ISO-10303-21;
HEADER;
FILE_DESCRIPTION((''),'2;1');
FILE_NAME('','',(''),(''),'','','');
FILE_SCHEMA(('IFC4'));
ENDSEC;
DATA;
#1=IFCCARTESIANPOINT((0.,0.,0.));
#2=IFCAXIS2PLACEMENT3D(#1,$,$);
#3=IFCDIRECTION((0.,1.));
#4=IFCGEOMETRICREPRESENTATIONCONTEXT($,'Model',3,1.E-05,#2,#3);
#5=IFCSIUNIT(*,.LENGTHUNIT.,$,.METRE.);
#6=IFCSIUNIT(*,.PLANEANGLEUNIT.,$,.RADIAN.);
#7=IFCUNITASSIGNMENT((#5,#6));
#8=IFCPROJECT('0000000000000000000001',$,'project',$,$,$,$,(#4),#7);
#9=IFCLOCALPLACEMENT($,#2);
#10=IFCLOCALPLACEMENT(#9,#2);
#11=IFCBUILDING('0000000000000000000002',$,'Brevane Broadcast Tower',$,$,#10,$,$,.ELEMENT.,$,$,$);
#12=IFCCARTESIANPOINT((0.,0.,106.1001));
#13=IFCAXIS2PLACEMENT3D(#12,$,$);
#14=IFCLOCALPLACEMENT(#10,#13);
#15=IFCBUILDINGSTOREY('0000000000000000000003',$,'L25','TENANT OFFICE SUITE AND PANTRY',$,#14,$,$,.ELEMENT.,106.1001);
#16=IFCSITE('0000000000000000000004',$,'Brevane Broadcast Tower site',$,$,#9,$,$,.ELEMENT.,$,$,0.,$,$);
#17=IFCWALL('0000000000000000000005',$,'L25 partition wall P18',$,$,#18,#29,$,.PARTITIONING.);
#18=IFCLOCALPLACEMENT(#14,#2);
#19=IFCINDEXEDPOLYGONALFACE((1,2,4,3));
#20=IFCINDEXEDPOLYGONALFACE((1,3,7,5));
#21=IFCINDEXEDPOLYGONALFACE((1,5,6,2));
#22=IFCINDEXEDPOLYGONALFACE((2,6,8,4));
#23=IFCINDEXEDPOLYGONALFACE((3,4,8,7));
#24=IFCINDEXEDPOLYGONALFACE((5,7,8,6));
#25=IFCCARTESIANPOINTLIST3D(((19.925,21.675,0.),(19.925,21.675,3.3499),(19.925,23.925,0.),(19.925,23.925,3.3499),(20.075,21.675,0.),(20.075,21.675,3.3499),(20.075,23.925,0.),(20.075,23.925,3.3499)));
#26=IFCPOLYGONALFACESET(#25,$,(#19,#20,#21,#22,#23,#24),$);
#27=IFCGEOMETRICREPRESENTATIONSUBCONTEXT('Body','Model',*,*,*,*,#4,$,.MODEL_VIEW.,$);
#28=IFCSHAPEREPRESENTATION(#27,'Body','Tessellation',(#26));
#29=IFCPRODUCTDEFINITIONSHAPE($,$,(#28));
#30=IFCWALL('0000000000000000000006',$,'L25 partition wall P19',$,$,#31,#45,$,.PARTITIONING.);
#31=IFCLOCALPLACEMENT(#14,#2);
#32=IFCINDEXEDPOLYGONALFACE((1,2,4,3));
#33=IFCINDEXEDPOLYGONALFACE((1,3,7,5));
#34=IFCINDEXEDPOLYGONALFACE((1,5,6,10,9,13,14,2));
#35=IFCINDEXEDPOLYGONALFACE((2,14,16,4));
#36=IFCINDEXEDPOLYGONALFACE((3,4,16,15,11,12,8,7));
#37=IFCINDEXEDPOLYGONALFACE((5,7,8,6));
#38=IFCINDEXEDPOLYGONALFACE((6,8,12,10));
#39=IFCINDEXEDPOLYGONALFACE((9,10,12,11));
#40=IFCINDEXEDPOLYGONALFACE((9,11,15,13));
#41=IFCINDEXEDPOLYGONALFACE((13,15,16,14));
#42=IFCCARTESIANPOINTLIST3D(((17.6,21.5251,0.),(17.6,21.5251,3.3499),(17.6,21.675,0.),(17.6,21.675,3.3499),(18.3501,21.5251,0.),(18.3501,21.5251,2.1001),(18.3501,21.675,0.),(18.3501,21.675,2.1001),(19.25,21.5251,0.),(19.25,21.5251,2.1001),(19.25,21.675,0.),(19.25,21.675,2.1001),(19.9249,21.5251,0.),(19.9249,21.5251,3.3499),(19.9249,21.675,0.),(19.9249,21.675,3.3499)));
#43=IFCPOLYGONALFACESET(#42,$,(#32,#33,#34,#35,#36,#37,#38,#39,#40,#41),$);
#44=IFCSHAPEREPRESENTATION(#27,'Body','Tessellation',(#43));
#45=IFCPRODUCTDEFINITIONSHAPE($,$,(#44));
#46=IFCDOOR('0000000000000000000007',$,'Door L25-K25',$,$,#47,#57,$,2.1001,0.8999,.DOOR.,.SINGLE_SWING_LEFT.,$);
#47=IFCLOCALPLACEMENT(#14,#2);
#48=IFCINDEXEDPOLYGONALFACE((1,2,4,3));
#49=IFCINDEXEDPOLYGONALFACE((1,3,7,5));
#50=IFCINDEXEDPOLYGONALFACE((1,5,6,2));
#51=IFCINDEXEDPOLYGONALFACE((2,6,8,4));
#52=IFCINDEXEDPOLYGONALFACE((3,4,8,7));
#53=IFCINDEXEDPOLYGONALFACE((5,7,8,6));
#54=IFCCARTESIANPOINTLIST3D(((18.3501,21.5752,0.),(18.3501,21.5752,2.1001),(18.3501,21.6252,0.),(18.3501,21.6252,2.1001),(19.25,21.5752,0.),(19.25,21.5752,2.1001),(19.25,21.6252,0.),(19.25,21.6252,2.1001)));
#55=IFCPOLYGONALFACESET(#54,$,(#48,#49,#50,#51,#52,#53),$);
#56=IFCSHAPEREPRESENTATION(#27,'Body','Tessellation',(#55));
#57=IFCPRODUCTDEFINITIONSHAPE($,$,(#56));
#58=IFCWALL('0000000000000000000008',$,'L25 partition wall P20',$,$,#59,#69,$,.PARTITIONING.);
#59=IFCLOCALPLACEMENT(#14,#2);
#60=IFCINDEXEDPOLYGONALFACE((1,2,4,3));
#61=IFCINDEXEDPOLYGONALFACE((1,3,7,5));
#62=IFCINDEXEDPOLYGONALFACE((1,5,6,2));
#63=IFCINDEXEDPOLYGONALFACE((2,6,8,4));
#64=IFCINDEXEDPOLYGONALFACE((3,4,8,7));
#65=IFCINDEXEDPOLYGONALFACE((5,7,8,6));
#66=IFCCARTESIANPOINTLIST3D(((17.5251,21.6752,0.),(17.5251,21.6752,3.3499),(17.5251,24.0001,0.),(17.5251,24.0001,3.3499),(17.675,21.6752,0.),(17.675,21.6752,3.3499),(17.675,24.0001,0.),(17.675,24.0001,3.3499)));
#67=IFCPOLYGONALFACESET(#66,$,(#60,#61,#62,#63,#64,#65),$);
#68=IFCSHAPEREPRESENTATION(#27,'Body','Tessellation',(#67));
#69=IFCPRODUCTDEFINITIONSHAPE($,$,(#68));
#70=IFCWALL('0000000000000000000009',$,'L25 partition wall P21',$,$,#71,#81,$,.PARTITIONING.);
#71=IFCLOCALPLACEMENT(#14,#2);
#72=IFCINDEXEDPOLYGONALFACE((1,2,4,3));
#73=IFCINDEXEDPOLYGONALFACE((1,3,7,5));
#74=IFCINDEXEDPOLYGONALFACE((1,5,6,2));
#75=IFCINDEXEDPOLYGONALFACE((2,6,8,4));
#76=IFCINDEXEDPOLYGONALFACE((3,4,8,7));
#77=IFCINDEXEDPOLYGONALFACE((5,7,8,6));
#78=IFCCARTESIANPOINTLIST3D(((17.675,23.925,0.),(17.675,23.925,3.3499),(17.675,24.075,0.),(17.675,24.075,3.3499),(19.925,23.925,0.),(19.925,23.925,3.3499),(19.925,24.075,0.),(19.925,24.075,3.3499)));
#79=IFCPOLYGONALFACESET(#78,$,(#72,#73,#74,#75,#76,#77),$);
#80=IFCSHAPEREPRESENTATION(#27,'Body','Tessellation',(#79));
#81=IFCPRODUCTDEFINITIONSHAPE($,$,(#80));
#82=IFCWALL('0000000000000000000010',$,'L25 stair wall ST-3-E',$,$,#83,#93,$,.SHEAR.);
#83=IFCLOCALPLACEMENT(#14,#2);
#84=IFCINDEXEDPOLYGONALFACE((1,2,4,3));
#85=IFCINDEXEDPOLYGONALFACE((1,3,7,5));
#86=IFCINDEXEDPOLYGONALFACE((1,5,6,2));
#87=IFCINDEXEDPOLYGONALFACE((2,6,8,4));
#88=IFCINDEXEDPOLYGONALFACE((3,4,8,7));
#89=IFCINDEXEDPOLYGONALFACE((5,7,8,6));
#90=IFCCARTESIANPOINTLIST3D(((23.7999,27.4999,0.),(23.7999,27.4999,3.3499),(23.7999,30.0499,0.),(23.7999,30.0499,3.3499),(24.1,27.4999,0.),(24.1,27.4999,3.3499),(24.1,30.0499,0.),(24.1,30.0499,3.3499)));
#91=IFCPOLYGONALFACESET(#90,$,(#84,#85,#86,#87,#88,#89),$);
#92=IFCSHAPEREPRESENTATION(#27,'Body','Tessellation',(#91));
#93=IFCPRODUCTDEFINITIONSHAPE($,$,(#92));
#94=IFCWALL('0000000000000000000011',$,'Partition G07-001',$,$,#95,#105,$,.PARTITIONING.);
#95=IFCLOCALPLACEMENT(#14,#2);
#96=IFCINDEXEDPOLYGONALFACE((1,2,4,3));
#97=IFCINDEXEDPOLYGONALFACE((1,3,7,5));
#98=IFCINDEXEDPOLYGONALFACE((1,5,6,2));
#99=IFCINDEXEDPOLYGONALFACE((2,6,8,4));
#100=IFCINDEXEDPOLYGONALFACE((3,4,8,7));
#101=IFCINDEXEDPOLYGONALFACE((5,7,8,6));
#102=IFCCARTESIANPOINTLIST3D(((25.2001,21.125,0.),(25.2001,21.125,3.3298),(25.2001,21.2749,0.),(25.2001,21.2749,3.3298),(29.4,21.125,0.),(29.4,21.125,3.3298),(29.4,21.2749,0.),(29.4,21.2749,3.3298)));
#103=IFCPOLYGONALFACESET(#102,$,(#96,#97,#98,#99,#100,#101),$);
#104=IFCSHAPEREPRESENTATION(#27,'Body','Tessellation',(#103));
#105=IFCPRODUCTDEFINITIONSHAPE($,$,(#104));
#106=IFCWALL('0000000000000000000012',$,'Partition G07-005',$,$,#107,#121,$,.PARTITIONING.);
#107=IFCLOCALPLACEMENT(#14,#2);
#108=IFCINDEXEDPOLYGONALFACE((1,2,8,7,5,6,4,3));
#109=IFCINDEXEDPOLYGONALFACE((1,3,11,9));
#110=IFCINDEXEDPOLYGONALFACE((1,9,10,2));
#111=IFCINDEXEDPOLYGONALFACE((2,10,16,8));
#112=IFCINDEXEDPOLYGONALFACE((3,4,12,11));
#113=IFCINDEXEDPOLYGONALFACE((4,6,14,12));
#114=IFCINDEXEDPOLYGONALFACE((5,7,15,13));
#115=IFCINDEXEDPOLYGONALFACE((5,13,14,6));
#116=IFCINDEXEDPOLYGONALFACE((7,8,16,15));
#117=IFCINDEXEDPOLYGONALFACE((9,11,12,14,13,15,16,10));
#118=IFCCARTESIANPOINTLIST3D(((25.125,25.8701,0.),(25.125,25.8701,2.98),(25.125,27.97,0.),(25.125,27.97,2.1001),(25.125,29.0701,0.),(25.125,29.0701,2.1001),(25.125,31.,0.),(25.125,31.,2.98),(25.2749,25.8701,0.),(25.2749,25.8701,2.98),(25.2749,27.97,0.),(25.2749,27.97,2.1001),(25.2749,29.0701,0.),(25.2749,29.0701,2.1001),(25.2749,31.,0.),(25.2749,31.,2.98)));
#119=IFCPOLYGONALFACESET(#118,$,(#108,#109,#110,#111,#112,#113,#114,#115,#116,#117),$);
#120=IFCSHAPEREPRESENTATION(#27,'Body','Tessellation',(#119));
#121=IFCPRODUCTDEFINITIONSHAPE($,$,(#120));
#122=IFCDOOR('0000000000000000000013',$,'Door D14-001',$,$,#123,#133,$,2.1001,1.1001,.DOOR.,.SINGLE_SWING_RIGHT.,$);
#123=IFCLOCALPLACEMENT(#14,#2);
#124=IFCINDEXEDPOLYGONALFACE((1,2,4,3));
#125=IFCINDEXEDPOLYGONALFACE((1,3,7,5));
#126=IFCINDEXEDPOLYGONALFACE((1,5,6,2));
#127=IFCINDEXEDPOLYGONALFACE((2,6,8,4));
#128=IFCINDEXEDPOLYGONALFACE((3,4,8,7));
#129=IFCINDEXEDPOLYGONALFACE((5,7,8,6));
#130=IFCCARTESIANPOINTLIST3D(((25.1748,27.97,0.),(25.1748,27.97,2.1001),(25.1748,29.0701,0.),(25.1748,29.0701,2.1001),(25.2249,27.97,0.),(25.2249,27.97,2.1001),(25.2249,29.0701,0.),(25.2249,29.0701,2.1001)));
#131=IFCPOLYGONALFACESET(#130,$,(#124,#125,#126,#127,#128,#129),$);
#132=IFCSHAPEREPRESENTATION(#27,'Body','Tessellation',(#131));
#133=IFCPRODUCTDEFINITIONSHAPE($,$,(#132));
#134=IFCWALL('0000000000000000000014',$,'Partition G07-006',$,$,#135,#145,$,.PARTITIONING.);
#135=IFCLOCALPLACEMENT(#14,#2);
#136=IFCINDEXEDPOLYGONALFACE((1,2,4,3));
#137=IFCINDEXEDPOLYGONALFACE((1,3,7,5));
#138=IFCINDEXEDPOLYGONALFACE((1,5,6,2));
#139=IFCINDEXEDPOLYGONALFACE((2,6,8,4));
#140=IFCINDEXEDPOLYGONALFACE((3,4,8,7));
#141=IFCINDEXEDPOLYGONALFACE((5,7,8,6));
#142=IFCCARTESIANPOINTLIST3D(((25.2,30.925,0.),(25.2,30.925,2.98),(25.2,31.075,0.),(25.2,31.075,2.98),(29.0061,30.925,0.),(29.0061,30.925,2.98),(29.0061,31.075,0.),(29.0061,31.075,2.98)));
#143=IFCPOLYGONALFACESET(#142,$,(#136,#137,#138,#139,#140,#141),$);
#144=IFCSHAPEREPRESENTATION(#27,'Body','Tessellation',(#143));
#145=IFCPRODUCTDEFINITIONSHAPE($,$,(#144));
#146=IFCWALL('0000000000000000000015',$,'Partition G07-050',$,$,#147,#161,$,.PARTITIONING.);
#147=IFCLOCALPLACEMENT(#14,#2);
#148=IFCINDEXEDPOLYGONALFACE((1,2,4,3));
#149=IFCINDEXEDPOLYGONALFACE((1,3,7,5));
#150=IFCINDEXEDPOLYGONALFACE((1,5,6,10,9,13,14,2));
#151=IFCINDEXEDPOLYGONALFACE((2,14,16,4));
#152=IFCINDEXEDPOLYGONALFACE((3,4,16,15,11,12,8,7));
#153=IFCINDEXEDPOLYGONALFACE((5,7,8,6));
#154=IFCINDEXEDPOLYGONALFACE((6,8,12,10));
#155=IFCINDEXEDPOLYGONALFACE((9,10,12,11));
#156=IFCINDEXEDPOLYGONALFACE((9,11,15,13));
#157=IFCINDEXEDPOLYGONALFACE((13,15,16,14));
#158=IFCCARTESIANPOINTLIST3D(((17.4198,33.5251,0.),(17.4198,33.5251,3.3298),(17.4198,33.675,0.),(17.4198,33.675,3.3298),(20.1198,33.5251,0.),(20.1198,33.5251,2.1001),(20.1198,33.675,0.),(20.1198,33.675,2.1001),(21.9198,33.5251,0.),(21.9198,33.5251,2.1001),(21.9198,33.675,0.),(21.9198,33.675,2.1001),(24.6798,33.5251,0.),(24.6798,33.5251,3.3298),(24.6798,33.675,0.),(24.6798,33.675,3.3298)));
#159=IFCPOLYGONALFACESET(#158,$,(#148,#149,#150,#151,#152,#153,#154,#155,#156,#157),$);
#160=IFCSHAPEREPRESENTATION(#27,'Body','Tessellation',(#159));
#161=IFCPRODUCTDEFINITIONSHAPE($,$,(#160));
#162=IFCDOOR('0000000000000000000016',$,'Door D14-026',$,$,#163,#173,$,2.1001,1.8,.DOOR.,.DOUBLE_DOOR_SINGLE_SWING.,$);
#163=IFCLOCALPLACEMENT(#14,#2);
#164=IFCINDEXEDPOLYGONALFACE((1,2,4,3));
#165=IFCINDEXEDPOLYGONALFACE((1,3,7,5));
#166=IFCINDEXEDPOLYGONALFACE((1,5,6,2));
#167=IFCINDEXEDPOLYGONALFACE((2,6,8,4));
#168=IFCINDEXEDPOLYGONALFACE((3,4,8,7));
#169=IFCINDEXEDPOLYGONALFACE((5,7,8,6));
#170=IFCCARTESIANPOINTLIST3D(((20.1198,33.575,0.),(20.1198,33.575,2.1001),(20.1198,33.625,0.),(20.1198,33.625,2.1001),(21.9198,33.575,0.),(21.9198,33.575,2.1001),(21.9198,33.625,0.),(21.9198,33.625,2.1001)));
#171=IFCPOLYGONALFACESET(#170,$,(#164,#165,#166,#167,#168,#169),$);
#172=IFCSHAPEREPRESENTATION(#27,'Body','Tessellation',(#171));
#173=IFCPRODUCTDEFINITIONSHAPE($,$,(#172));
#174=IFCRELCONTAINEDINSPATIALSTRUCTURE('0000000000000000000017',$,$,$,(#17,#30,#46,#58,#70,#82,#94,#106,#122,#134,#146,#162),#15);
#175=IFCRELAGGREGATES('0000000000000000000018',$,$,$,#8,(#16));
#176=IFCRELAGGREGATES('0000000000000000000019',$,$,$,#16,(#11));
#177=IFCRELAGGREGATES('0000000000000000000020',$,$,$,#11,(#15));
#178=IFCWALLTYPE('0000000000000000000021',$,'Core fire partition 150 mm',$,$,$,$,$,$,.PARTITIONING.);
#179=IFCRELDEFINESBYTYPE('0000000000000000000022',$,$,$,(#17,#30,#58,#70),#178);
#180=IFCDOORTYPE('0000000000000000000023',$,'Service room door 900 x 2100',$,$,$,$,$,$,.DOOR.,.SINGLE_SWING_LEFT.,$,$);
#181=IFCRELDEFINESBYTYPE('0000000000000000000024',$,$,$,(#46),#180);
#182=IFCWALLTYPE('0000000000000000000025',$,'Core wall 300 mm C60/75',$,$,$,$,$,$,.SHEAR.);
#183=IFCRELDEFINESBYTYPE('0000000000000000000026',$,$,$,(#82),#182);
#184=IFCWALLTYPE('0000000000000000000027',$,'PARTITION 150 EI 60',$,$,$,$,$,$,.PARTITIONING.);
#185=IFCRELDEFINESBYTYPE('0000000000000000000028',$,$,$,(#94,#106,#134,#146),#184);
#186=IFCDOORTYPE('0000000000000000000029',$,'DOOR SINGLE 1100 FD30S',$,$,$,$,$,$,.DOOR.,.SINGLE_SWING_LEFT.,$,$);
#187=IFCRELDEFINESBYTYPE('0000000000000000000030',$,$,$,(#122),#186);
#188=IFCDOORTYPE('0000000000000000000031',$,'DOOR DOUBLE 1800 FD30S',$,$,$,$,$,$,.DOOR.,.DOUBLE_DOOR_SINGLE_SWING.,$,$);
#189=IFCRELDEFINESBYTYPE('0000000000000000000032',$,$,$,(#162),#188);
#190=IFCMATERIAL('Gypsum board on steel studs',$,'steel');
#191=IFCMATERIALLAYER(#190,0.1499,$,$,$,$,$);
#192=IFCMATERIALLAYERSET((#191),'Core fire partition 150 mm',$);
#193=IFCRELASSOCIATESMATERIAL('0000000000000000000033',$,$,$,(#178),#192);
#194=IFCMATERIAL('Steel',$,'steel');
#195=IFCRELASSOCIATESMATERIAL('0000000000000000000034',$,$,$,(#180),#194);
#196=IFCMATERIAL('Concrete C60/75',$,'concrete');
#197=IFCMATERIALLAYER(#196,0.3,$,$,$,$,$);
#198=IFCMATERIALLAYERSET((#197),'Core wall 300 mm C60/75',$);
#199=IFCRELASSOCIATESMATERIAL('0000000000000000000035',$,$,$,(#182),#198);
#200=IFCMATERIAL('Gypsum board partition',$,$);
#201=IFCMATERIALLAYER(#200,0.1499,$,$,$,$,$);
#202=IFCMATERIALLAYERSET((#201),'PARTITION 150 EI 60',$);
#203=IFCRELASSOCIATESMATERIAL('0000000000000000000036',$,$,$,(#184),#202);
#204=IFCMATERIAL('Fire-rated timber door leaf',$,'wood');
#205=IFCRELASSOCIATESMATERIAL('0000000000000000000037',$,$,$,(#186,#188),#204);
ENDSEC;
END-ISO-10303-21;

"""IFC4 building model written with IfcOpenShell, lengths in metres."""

from ifc_helpers import new_model, si_unit, direction, frame, frame_2d, origin, place, context, subcontext, project, spatial, polyline, rectangle, outline, extrude, material, layer, layer_set, type_object, element, fill, save


model = new_model("IFC4")

# Units and contexts
model_context = context("Model", 3, precision=1e-05, world=origin(), true_north=direction((0.0, 1.0)))
body_context = subcontext(model_context, "Body", "Model", "MODEL_VIEW")
ifc_project = project(units=[si_unit("LENGTHUNIT", "METRE"), si_unit("PLANEANGLEUNIT", "RADIAN")], contexts=[model_context])

# Site, building, storey
site_placement = place(None, origin())
site = spatial("IfcSite", under=ifc_project, at=site_placement, Name="Brevane Broadcast Tower site", CompositionType="ELEMENT", RefElevation=0.0)
building_placement = place(site_placement, origin())
building = spatial("IfcBuilding", under=site, at=building_placement, Name="Brevane Broadcast Tower", CompositionType="ELEMENT")
storey_placement = place(building_placement, frame((0.0, 0.0, 106.1001)))
storey = spatial("IfcBuildingStorey", under=building, at=storey_placement, Name="L25", Description="TENANT OFFICE SUITE AND PANTRY", CompositionType="ELEMENT", Elevation=106.1001)

# Shared definitions
ifc_material_1 = material(Name="Concrete C60/75", Category="concrete")

# Shared definitions
ifc_material_2 = material(Name="Gypsum board on steel studs", Category="steel")
ifc_layer_1 = layer(ifc_material_2, 0.1499)
ifc_layer_set_1 = layer_set([ifc_layer_1], Name="Core fire partition 150 mm")
wall_type_1 = type_object("IfcWallType", Name="Core fire partition 150 mm", PredefinedType="PARTITIONING", material=ifc_layer_set_1)

# Wall
wall_1_placement = place(storey_placement, frame((20.0, 21.675, 0.0), z_axis=(0.0, 0.0, 1.0), x_axis=(0.0, 1.0, 0.0)))
element("IfcWall", 1, at=wall_1_placement, inside=storey, type_object=wall_type_1, Name="L25 partition wall P18", PredefinedType="PARTITIONING", context=body_context, shape_type="SweptSolid", body=[
    extrude(rectangle(XDim=2.25, YDim=0.1499, at=frame_2d((1.125, 0.0))), origin(), (0.0, 0.0, 1.0), 3.3499),
])

# Wall, opening, door
wall_2_placement = place(storey_placement, frame((19.925, 21.6001, 0.0), z_axis=(0.0, 0.0, 1.0), x_axis=(-1.0, 0.0, 0.0)))
wall_2 = element("IfcWall", 2, at=wall_2_placement, inside=storey, type_object=wall_type_1, Name="L25 partition wall P19", PredefinedType="PARTITIONING", context=body_context, shape_type="SweptSolid", body=[
    extrude(rectangle(XDim=2.325, YDim=0.1499, at=frame_2d((1.1626, 0.0))), origin(), (0.0, 0.0, 1.0), 3.3499),
])
opening_1_placement = place(wall_2_placement, frame((0.675, 0.0, 0.0)))
opening_1 = element("IfcOpeningElement", 3, at=opening_1_placement, cuts=wall_2, PredefinedType="OPENING", context=body_context, shape_type="SweptSolid", body=[
    extrude(rectangle(XDim=0.8999, YDim=2.1001, at=frame_2d((0.45, 1.05))), frame((0.0, 0.085, 0.0), z_axis=(0.0, -1.0, 0.0), x_axis=(1.0, 0.0, 0.0)), (0.0, 0.0, 1.0), 0.1699),
])
ifc_material_3 = material(Name="Steel", Category="steel")
door_type_1 = type_object("IfcDoorType", Name="Service room door 900 x 2100", OperationType="SINGLE_SWING_LEFT", PredefinedType="DOOR", material=ifc_material_3)
door_1_placement = place(opening_1_placement, origin())
door_1 = element("IfcDoor", 4, at=door_1_placement, inside=storey, type_object=door_type_1, Name="Door L25-K25", OperationType="SINGLE_SWING_LEFT", OverallHeight=2.1001, OverallWidth=0.8999, PredefinedType="DOOR", context=body_context, shape_type="SweptSolid", body=[
    extrude(rectangle(XDim=0.8999, YDim=2.1001, at=frame_2d((0.45, 1.05))), frame((0.0, 0.0249, 0.0), z_axis=(0.0, -1.0, 0.0), x_axis=(1.0, 0.0, 0.0)), (0.0, 0.0, 1.0), 0.05),
])
fill(opening_1, door_1)

# Walls
wall_3_placement = place(storey_placement, frame((17.6001, 21.675, 0.0), z_axis=(0.0, 0.0, 1.0), x_axis=(0.0, 1.0, 0.0)))
element("IfcWall", 5, at=wall_3_placement, inside=storey, type_object=wall_type_1, Name="L25 partition wall P20", PredefinedType="PARTITIONING", context=body_context, shape_type="SweptSolid", body=[
    extrude(rectangle(XDim=2.325, YDim=0.1499, at=frame_2d((1.1626, 0.0))), origin(), (0.0, 0.0, 1.0), 3.3499),
])
wall_4_placement = place(storey_placement, frame((17.675, 24.0, 0.0), z_axis=(0.0, 0.0, 1.0), x_axis=(1.0, 0.0, 0.0)))
element("IfcWall", 6, at=wall_4_placement, inside=storey, type_object=wall_type_1, Name="L25 partition wall P21", PredefinedType="PARTITIONING", context=body_context, shape_type="SweptSolid", body=[
    extrude(rectangle(XDim=2.25, YDim=0.1499, at=frame_2d((1.125, 0.0))), origin(), (0.0, 0.0, 1.0), 3.3499),
])
ifc_layer_2 = layer(ifc_material_1, 0.3)
ifc_layer_set_2 = layer_set([ifc_layer_2], Name="Core wall 300 mm C60/75")
wall_type_2 = type_object("IfcWallType", Name="Core wall 300 mm C60/75", PredefinedType="SHEAR", material=ifc_layer_set_2)
wall_5_placement = place(storey_placement, frame((23.95, 27.5, 0.0), z_axis=(0.0, 0.0, 1.0), x_axis=(0.0, 1.0, 0.0)))
element("IfcWall", 7, at=wall_5_placement, inside=storey, type_object=wall_type_2, Name="L25 stair wall ST-3-E", PredefinedType="SHEAR", context=body_context, shape_type="SweptSolid", body=[
    extrude(rectangle(XDim=2.55, YDim=0.3, at=frame_2d((1.2749, 0.0))), origin(), (0.0, 0.0, 1.0), 3.3499),
])
ifc_material_4 = material(Name="Gypsum board partition")
ifc_layer_3 = layer(ifc_material_4, 0.1499)
ifc_layer_set_3 = layer_set([ifc_layer_3], Name="PARTITION 150 EI 60")
wall_type_3 = type_object("IfcWallType", Name="PARTITION 150 EI 60", PredefinedType="PARTITIONING", material=ifc_layer_set_3)
wall_6_placement = place(storey_placement, frame((25.2, 21.2, 0.0), z_axis=(0.0, 0.0, 1.0), x_axis=(1.0, 0.0, 0.0)))
element("IfcWall", 8, at=wall_6_placement, inside=storey, type_object=wall_type_3, Name="Partition G07-001", PredefinedType="PARTITIONING", context=body_context, shape_type="SweptSolid", body=[
    extrude(rectangle(XDim=4.2, YDim=0.1499, at=frame_2d((2.1001, 0.0))), origin(), (0.0, 0.0, 1.0), 3.3298),
])

# Wall, opening, door
wall_7_placement = place(storey_placement, frame((25.2, 31.0, 0.0), z_axis=(0.0, 0.0, 1.0), x_axis=(0.0, -1.0, 0.0)))
wall_7 = element("IfcWall", 9, at=wall_7_placement, inside=storey, type_object=wall_type_3, Name="Partition G07-005", PredefinedType="PARTITIONING", context=body_context, shape_type="SweptSolid", body=[
    extrude(outline(polyline([(0.0, 0.0), (5.1299, 0.0), (5.1299, 2.98), (0.0, 2.98), (0.0, 0.0)])), frame((0.0, 0.075, 0.0), z_axis=(0.0, -1.0, 0.0), x_axis=(1.0, 0.0, 0.0)), (0.0, 0.0, 1.0), 0.1499),
])
opening_2_placement = place(wall_7_placement, frame((1.9299, 0.0, 0.0)))
opening_2 = element("IfcOpeningElement", 10, at=opening_2_placement, cuts=wall_7, PredefinedType="OPENING", context=body_context, shape_type="SweptSolid", body=[
    extrude(rectangle(XDim=1.1001, YDim=2.1001, at=frame_2d((0.55, 1.05))), frame((0.0, 0.085, 0.0), z_axis=(0.0, -1.0, 0.0), x_axis=(1.0, 0.0, 0.0)), (0.0, 0.0, 1.0), 0.1699),
])
ifc_material_5 = material(Name="Fire-rated timber door leaf", Category="wood")
door_type_2 = type_object("IfcDoorType", Name="DOOR SINGLE 1100 FD30S", OperationType="SINGLE_SWING_LEFT", PredefinedType="DOOR", material=ifc_material_5)
door_2_placement = place(opening_2_placement, origin())
door_2 = element("IfcDoor", 11, at=door_2_placement, inside=storey, type_object=door_type_2, Name="Door D14-001", OperationType="SINGLE_SWING_RIGHT", OverallHeight=2.1001, OverallWidth=1.1001, PredefinedType="DOOR", context=body_context, shape_type="SweptSolid", body=[
    extrude(rectangle(XDim=1.1001, YDim=2.1001, at=frame_2d((0.55, 1.05))), frame((0.0, 0.0249, 0.0), z_axis=(0.0, -1.0, 0.0), x_axis=(1.0, 0.0, 0.0)), (0.0, 0.0, 1.0), 0.05),
])
fill(opening_2, door_2)

# Wall
wall_8_placement = place(storey_placement, frame((25.2, 31.0, 0.0), z_axis=(0.0, 0.0, 1.0), x_axis=(1.0, 0.0, 0.0)))
element("IfcWall", 12, at=wall_8_placement, inside=storey, type_object=wall_type_3, Name="Partition G07-006", PredefinedType="PARTITIONING", context=body_context, shape_type="SweptSolid", body=[
    extrude(rectangle(XDim=3.8062, YDim=0.1499, at=frame_2d((1.9031, 0.0))), origin(), (0.0, 0.0, 1.0), 2.98),
])

# Wall, opening, door
wall_9_placement = place(storey_placement, frame((17.4199, 33.6001, 0.0), z_axis=(0.0, 0.0, 1.0), x_axis=(1.0, 0.0, 0.0)))
wall_9 = element("IfcWall", 13, at=wall_9_placement, inside=storey, type_object=wall_type_3, Name="Partition G07-050", PredefinedType="PARTITIONING", context=body_context, shape_type="SweptSolid", body=[
    extrude(rectangle(XDim=7.26, YDim=0.1499, at=frame_2d((3.6299, 0.0))), origin(), (0.0, 0.0, 1.0), 3.3298),
])
opening_3_placement = place(wall_9_placement, frame((2.7, 0.0, 0.0)))
opening_3 = element("IfcOpeningElement", 14, at=opening_3_placement, cuts=wall_9, PredefinedType="OPENING", context=body_context, shape_type="SweptSolid", body=[
    extrude(rectangle(XDim=1.8, YDim=2.1001, at=frame_2d((0.8999, 1.05))), frame((0.0, 0.085, 0.0), z_axis=(0.0, -1.0, 0.0), x_axis=(1.0, 0.0, 0.0)), (0.0, 0.0, 1.0), 0.1699),
])
door_type_3 = type_object("IfcDoorType", Name="DOOR DOUBLE 1800 FD30S", OperationType="DOUBLE_DOOR_SINGLE_SWING", PredefinedType="DOOR", material=ifc_material_5)
door_3_placement = place(opening_3_placement, origin())
door_3 = element("IfcDoor", 15, at=door_3_placement, inside=storey, type_object=door_type_3, Name="Door D14-026", OperationType="DOUBLE_DOOR_SINGLE_SWING", OverallHeight=2.1001, OverallWidth=1.8, PredefinedType="DOOR", context=body_context, shape_type="SweptSolid", body=[
    extrude(rectangle(XDim=1.8, YDim=2.1001, at=frame_2d((0.8999, 1.05))), frame((0.0, 0.0249, 0.0), z_axis=(0.0, -1.0, 0.0), x_axis=(1.0, 0.0, 0.0)), (0.0, 0.0, 1.0), 0.05),
])
fill(opening_3, door_3)

save(model, "model.ifc")
